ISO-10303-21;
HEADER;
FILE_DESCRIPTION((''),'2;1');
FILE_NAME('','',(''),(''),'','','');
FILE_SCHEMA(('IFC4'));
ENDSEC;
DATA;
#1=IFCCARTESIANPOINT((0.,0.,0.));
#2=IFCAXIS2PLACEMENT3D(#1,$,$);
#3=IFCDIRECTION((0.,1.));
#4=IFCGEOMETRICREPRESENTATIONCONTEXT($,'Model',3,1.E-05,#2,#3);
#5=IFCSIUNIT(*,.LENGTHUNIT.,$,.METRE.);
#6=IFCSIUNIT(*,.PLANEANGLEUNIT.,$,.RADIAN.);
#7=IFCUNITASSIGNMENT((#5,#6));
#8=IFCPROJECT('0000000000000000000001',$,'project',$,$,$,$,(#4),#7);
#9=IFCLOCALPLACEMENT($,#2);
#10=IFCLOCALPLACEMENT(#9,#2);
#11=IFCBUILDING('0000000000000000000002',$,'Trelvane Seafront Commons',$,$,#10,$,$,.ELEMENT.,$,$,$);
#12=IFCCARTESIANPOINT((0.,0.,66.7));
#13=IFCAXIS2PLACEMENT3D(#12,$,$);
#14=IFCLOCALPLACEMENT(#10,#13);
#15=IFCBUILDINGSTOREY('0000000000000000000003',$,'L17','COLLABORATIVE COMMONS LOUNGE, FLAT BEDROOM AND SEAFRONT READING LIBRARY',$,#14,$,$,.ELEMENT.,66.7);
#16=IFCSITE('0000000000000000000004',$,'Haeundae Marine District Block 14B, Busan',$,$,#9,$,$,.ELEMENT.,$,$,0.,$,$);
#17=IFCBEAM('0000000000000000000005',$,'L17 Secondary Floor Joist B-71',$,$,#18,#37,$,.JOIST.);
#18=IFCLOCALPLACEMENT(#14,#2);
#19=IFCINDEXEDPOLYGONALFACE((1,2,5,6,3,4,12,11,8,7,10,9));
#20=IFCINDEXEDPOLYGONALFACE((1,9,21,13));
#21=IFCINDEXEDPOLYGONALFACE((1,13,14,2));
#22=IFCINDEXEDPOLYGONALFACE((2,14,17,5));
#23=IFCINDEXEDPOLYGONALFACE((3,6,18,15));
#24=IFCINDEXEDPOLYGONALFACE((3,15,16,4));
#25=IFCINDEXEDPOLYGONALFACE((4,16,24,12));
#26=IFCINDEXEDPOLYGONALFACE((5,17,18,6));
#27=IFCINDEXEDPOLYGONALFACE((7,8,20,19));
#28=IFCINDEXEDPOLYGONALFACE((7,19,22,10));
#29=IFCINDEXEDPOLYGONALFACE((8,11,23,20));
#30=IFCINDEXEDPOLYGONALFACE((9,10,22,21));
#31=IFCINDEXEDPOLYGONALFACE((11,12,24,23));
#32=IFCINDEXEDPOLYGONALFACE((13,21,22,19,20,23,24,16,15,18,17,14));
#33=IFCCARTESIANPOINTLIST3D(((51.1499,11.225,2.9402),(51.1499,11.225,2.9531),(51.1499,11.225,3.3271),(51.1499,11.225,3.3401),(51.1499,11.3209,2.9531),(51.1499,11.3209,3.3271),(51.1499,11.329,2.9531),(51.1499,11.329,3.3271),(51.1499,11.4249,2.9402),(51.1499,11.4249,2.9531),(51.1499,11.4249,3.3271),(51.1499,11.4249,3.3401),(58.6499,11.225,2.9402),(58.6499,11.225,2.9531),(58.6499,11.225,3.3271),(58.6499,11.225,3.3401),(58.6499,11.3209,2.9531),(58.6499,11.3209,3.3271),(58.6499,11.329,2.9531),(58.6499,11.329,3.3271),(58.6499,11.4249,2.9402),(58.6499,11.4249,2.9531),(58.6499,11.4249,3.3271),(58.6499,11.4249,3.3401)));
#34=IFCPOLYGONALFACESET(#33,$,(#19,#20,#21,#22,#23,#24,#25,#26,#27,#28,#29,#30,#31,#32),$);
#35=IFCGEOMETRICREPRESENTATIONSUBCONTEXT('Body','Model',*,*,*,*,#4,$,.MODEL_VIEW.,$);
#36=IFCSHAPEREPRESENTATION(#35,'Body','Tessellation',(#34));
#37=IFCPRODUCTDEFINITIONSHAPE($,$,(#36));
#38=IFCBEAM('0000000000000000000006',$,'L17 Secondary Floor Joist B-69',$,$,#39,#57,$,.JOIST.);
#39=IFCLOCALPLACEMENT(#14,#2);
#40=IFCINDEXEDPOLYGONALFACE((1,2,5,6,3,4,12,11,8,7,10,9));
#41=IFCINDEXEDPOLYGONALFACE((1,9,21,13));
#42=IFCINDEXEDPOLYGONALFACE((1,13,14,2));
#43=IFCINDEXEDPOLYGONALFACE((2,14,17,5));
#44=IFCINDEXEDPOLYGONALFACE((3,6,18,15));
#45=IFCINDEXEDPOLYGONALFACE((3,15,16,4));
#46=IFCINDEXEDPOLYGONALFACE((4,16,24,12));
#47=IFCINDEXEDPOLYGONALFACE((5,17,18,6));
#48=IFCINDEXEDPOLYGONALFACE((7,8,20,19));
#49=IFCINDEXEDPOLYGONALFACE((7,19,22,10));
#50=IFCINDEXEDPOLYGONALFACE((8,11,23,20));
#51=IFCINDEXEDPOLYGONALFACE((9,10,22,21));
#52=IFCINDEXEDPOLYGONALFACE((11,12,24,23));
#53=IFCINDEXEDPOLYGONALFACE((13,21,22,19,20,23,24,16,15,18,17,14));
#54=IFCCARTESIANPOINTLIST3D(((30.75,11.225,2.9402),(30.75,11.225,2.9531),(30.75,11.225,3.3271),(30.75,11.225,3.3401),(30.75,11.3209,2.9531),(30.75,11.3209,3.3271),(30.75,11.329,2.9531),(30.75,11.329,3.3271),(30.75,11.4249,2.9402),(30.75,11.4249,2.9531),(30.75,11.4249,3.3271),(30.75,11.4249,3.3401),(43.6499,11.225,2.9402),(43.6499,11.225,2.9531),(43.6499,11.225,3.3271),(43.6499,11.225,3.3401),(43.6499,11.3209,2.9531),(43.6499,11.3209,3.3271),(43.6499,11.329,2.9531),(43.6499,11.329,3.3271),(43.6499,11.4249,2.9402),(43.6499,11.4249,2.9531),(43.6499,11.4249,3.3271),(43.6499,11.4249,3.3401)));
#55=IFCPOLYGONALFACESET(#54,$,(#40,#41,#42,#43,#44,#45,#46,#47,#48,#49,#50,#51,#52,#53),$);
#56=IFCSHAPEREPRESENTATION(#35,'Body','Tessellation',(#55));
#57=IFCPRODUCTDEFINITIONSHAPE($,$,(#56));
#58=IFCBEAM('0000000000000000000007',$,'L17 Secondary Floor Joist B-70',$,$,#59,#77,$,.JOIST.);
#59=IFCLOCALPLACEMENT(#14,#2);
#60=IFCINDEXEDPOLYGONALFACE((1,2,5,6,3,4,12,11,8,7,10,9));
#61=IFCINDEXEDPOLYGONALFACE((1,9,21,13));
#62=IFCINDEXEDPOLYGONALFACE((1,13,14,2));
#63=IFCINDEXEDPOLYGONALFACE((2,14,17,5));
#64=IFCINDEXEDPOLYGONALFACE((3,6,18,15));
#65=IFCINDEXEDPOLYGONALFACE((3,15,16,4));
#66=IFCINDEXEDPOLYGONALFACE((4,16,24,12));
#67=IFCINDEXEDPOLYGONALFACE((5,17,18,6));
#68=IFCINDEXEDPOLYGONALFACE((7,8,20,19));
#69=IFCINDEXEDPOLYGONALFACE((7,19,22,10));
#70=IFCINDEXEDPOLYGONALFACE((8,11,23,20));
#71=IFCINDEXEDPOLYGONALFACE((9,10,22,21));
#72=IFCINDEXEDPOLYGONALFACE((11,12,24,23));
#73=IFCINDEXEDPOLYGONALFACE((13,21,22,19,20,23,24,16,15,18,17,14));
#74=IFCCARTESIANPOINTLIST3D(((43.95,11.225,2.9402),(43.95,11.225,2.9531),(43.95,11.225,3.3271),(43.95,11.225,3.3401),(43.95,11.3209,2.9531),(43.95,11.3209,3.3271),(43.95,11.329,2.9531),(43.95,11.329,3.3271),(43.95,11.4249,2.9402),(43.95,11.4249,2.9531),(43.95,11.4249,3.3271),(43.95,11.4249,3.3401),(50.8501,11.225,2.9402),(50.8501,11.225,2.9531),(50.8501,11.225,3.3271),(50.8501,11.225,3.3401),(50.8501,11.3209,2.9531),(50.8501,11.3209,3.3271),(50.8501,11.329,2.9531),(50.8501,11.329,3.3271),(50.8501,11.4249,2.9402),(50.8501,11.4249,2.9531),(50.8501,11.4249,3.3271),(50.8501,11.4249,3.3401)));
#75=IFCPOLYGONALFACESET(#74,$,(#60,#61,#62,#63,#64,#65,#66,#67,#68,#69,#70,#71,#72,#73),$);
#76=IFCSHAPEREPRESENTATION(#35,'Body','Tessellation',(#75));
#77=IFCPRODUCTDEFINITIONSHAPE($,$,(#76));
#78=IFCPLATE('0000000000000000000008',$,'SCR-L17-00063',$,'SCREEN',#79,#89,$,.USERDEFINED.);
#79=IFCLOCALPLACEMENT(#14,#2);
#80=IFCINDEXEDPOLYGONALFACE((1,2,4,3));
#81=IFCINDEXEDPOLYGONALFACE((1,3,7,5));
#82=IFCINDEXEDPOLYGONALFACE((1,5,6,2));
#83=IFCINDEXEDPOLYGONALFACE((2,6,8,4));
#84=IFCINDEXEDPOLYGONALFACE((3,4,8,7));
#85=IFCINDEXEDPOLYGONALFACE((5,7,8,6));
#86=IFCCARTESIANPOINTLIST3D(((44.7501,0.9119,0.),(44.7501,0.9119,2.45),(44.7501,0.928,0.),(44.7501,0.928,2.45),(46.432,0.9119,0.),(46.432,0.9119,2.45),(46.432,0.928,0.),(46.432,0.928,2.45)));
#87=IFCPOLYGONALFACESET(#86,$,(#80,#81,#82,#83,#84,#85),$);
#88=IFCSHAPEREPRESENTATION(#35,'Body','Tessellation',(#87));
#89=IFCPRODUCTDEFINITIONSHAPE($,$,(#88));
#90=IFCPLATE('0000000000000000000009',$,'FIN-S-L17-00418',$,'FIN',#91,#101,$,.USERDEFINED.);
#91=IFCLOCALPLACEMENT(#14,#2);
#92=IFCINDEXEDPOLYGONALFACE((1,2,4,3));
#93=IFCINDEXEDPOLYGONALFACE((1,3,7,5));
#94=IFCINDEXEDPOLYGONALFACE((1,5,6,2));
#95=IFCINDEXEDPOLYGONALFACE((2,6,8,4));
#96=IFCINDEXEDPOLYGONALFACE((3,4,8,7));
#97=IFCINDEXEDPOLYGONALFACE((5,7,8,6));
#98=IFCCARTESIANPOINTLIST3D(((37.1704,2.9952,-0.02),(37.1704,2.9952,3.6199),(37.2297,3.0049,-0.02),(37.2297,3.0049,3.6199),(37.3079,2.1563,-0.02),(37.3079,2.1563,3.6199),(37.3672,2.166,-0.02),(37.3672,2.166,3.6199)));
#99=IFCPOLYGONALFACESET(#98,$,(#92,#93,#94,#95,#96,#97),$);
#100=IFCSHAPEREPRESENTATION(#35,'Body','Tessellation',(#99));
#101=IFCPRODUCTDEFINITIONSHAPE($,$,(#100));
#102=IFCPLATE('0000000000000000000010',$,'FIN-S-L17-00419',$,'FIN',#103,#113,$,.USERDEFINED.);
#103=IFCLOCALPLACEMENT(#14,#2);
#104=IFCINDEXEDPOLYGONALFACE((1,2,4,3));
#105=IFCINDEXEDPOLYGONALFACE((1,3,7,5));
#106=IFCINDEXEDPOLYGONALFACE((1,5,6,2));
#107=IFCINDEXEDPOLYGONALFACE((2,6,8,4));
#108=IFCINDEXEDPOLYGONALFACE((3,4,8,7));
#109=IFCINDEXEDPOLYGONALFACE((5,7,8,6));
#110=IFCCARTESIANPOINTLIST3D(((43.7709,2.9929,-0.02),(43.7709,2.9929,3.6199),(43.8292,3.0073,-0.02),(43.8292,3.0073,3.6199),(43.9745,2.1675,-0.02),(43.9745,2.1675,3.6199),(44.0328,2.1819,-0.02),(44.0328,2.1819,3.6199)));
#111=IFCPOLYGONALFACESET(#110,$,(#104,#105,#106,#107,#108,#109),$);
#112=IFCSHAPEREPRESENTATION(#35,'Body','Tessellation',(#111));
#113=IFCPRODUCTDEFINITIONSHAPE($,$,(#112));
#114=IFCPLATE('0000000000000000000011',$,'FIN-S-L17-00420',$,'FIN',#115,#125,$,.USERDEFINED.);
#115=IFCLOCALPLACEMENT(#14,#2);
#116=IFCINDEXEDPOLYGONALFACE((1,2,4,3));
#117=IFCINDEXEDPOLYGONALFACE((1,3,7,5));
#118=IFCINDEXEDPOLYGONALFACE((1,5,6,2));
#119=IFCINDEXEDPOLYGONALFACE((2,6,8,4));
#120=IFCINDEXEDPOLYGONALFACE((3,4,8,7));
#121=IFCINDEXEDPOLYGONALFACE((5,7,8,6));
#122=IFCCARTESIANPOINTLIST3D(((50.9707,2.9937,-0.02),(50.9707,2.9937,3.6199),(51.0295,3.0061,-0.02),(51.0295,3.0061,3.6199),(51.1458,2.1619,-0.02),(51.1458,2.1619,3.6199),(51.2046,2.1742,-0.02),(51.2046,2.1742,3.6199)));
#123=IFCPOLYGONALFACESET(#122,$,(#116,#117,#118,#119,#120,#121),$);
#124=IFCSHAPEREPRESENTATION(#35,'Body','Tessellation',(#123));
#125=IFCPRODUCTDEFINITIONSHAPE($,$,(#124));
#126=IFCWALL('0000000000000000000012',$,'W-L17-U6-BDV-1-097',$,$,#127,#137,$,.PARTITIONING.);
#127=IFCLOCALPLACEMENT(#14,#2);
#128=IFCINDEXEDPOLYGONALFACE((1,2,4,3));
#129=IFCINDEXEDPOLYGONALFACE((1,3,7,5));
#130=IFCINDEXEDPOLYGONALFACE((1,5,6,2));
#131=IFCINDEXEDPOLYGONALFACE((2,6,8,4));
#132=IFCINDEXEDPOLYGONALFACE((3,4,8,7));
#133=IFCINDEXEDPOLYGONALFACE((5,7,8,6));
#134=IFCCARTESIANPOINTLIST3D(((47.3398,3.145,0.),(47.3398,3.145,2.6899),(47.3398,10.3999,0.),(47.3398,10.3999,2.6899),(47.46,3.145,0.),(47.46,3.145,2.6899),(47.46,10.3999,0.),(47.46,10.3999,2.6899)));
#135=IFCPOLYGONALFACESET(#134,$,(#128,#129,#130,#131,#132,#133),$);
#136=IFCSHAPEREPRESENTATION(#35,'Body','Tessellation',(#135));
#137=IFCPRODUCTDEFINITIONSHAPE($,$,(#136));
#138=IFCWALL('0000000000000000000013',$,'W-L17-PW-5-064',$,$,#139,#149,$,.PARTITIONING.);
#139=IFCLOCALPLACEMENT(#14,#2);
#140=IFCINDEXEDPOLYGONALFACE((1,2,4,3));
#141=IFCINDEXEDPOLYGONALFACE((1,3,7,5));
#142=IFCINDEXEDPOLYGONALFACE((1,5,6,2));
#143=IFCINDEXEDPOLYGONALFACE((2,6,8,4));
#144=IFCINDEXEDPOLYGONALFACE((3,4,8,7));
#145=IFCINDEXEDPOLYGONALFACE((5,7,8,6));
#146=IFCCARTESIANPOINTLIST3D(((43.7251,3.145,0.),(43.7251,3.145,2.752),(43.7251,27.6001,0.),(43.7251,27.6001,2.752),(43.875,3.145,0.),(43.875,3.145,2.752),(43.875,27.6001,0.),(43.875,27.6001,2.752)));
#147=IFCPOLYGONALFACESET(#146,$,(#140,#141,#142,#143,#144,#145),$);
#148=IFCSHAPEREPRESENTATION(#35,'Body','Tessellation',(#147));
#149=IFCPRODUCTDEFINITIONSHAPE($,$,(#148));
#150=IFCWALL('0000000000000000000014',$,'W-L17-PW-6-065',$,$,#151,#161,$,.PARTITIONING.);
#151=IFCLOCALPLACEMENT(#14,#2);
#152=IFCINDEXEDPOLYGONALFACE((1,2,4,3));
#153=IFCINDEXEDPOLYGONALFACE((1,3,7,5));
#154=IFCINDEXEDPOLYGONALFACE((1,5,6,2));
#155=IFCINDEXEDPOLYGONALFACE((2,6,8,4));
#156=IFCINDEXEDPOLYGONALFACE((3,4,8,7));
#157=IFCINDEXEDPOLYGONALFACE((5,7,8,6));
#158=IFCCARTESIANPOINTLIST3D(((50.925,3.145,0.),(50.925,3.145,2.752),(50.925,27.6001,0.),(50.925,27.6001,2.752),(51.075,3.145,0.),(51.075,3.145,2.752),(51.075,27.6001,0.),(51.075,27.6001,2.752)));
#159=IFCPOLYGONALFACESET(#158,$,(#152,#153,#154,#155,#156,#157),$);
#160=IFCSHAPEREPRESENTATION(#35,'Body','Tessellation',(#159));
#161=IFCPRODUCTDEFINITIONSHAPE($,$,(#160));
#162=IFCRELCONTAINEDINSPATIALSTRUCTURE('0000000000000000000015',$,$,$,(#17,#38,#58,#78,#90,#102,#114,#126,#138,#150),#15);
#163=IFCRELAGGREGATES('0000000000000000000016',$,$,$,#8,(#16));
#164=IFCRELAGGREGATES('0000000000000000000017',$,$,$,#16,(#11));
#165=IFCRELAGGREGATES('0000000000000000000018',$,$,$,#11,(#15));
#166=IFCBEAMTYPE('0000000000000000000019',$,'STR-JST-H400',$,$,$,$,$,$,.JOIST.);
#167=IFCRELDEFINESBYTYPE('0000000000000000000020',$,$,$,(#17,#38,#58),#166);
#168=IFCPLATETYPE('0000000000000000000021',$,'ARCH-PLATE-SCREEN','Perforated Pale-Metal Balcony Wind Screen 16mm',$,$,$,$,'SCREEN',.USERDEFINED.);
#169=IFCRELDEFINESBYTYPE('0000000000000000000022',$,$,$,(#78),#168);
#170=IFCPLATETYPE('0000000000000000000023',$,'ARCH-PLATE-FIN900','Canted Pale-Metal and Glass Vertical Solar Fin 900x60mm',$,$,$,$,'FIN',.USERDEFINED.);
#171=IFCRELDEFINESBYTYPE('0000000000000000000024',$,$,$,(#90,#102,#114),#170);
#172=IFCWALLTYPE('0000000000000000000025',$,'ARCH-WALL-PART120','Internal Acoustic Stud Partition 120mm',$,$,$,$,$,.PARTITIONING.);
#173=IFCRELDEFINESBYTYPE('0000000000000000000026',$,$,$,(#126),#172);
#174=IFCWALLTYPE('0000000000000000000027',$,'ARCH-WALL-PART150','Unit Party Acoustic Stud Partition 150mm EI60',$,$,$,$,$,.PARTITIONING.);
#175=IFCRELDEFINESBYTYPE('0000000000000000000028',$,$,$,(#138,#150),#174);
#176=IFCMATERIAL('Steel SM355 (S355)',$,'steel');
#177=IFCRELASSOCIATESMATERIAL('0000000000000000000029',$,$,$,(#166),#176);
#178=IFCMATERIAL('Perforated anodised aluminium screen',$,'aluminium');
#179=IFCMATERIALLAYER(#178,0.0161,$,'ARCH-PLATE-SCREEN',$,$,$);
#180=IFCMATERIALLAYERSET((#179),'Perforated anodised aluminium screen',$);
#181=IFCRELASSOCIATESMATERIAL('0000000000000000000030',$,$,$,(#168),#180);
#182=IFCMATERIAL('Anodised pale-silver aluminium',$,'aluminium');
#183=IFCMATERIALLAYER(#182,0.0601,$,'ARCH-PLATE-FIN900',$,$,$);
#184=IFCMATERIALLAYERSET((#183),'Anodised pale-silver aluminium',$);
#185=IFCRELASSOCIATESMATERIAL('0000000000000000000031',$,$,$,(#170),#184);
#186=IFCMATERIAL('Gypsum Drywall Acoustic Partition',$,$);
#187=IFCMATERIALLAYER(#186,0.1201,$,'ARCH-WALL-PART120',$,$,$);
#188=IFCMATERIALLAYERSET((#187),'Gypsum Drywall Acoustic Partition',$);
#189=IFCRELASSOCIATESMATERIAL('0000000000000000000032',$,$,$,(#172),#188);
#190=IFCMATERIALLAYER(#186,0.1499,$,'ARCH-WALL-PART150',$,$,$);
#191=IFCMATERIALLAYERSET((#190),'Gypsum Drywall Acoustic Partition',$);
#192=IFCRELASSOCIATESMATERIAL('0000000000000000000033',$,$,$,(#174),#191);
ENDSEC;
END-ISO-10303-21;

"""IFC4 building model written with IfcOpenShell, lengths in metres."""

from ifc_helpers import new_model, si_unit, direction, frame, frame_2d, origin, origin_2d, place, context, subcontext, project, spatial, rectangle, i_section, extrude, source, transform, mapped, material, layer, layer_set, material_profile, profile_set, type_object, element, save


model = new_model("IFC4")

# Units and contexts
model_context = context("Model", 3, precision=1e-05, world=origin(), true_north=direction((0.0, 1.0)))
body_context = subcontext(model_context, "Body", "Model", "MODEL_VIEW")
ifc_project = project(units=[si_unit("LENGTHUNIT", "METRE"), si_unit("PLANEANGLEUNIT", "RADIAN")], contexts=[model_context])

# Site, building, storey
site_placement = place(None, origin())
site = spatial("IfcSite", under=ifc_project, at=site_placement, Name="Haeundae Marine District Block 14B, Busan", CompositionType="ELEMENT", RefElevation=0.0)
building_placement = place(site_placement, origin())
building = spatial("IfcBuilding", under=site, at=building_placement, Name="Trelvane Seafront Commons", CompositionType="ELEMENT")
storey_placement = place(building_placement, frame((0.0, 0.0, 66.7)))
storey = spatial("IfcBuildingStorey", under=building, at=storey_placement, Name="L17", Description="COLLABORATIVE COMMONS LOUNGE, FLAT BEDROOM AND SEAFRONT READING LIBRARY", CompositionType="ELEMENT", Elevation=66.7)

# Shared definitions
ifc_material_1 = material(Name="Steel SM355 (S355)", Category="steel")

# Beams
ifc_material_profile_1 = material_profile(ifc_material_1, i_section(OverallWidth=0.2, OverallDepth=0.3999, WebThickness=0.0081, FlangeThickness=0.0129, at=origin_2d()), Name="H-400x200x8x13")
ifc_profile_set_1 = profile_set([ifc_material_profile_1], Name="Steel SM355 (S355)")
beam_type_1 = type_object("IfcBeamType", Name="STR-JST-H400", PredefinedType="JOIST", material=ifc_profile_set_1)
shared_shape_1 = source(origin(), body_context, "Body", "SweptSolid", [
    extrude(i_section(OverallWidth=0.2, OverallDepth=0.3999, WebThickness=0.0081, FlangeThickness=0.0129, at=origin_2d()), origin(), (0.0, 0.0, 1.0), 7.5),
])
beam_1_placement = place(storey_placement, frame((51.1499, 11.325, 3.1401), z_axis=(1.0, 0.0, 0.0), x_axis=(0.0, 1.0, 0.0)))
element("IfcBeam", 1, at=beam_1_placement, inside=storey, type_object=beam_type_1, Name="L17 Secondary Floor Joist B-71", PredefinedType="JOIST", context=body_context, shape_type="MappedRepresentation", body=[
    mapped(shared_shape_1, transform((0.0, 0.0, 0.0), x_axis=(1.0, 0.0, 0.0), y_axis=(0.0, 1.0, 0.0), z_axis=(0.0, 0.0, 1.0), scale=1.0)),
])
shared_shape_2 = source(origin(), body_context, "Body", "SweptSolid", [
    extrude(i_section(OverallWidth=0.2, OverallDepth=0.3999, WebThickness=0.0081, FlangeThickness=0.0129, at=origin_2d()), origin(), (0.0, 0.0, 1.0), 12.8999),
])
beam_2_placement = place(storey_placement, frame((30.75, 11.325, 3.1401), z_axis=(1.0, 0.0, 0.0), x_axis=(0.0, 1.0, 0.0)))
element("IfcBeam", 2, at=beam_2_placement, inside=storey, type_object=beam_type_1, Name="L17 Secondary Floor Joist B-69", PredefinedType="JOIST", context=body_context, shape_type="MappedRepresentation", body=[
    mapped(shared_shape_2, transform((0.0, 0.0, 0.0), x_axis=(1.0, 0.0, 0.0), y_axis=(0.0, 1.0, 0.0), z_axis=(0.0, 0.0, 1.0), scale=1.0)),
])
shared_shape_3 = source(origin(), body_context, "Body", "SweptSolid", [
    extrude(i_section(OverallWidth=0.2, OverallDepth=0.3999, WebThickness=0.0081, FlangeThickness=0.0129, at=origin_2d()), origin(), (0.0, 0.0, 1.0), 6.9001),
])
beam_3_placement = place(storey_placement, frame((43.95, 11.325, 3.1401), z_axis=(1.0, 0.0, 0.0), x_axis=(0.0, 1.0, 0.0)))
element("IfcBeam", 3, at=beam_3_placement, inside=storey, type_object=beam_type_1, Name="L17 Secondary Floor Joist B-70", PredefinedType="JOIST", context=body_context, shape_type="MappedRepresentation", body=[
    mapped(shared_shape_3, transform((0.0, 0.0, 0.0), x_axis=(1.0, 0.0, 0.0), y_axis=(0.0, 1.0, 0.0), z_axis=(0.0, 0.0, 1.0), scale=1.0)),
])

# Plates
ifc_material_2 = material(Name="Perforated anodised aluminium screen", Category="aluminium")
ifc_layer_1 = layer(ifc_material_2, 0.0161, Name="ARCH-PLATE-SCREEN")
ifc_layer_set_1 = layer_set([ifc_layer_1], Name="Perforated anodised aluminium screen")
plate_type_1 = type_object("IfcPlateType", Name="ARCH-PLATE-SCREEN", Description="Perforated Pale-Metal Balcony Wind Screen 16mm", ElementType="SCREEN", PredefinedType="USERDEFINED", material=ifc_layer_set_1)
shared_shape_4 = source(origin(), body_context, "Body", "SweptSolid", [
    extrude(rectangle(XDim=1.6819, YDim=0.0161, at=origin_2d()), origin(), (0.0, 0.0, 1.0), 2.45),
])
plate_placement = place(storey_placement, frame((45.5911, 0.9199, 0.0), z_axis=(0.0, 0.0, 1.0), x_axis=(1.0, 0.0, 0.0)))
element("IfcPlate", 4, at=plate_placement, inside=storey, type_object=plate_type_1, Name="SCR-L17-00063", ObjectType="SCREEN", PredefinedType="USERDEFINED", context=body_context, shape_type="MappedRepresentation", body=[
    mapped(shared_shape_4, transform((0.0, 0.0, 0.0), x_axis=(1.0, 0.0, 0.0), y_axis=(0.0, 1.0, 0.0), z_axis=(0.0, 0.0, 1.0), scale=1.0)),
])
ifc_material_3 = material(Name="Anodised pale-silver aluminium", Category="aluminium")
ifc_layer_2 = layer(ifc_material_3, 0.0601, Name="ARCH-PLATE-FIN900")
ifc_layer_set_2 = layer_set([ifc_layer_2], Name="Anodised pale-silver aluminium")
plate_type_2 = type_object("IfcPlateType", Name="ARCH-PLATE-FIN900", Description="Canted Pale-Metal and Glass Vertical Solar Fin 900x60mm", ElementType="FIN", PredefinedType="USERDEFINED", material=ifc_layer_set_2)
shared_shape_5 = source(origin(), body_context, "Body", "SweptSolid", [
    extrude(rectangle(XDim=0.8501, YDim=0.0601, at=origin_2d()), origin(), (0.0, 0.0, 1.0), 3.6399),
])
for number, where, z_axis, x_axis, name in (
    (5, (37.2688, 2.5806, -0.02), (0.0, 0.0, 1.0), (0.161766, -0.986829, 0.0), "FIN-S-L17-00418"),
    (6, (43.9019, 2.5874, -0.02), (0.0, 0.0, 1.0), (0.239518, -0.970892, 0.0), "FIN-S-L17-00419"),
    (7, (51.0876, 2.584, -0.02), (0.0, 0.0, 1.0), (0.205992, -0.978554, 0.0), "FIN-S-L17-00420"),
):
    element("IfcPlate", number, at=place(storey_placement, frame(where, z_axis=z_axis, x_axis=x_axis)), inside=storey, type_object=plate_type_2, Name=name, ObjectType="FIN", PredefinedType="USERDEFINED", context=body_context, shape_type="MappedRepresentation", body=[
        mapped(shared_shape_5, transform((0.0, 0.0, 0.0), x_axis=(1.0, 0.0, 0.0), y_axis=(0.0, 1.0, 0.0), z_axis=(0.0, 0.0, 1.0), scale=1.0)),
    ])

# Shared definitions
ifc_material_4 = material(Name="Gypsum Drywall Acoustic Partition")
ifc_layer_3 = layer(ifc_material_4, 0.1201, Name="ARCH-WALL-PART120")
ifc_layer_set_3 = layer_set([ifc_layer_3], Name="Gypsum Drywall Acoustic Partition")
wall_type_1 = type_object("IfcWallType", Name="ARCH-WALL-PART120", Description="Internal Acoustic Stud Partition 120mm", PredefinedType="PARTITIONING", material=ifc_layer_set_3)

# Walls
wall_1_placement = place(storey_placement, frame((47.3999, 3.145, 0.0), z_axis=(0.0, 0.0, 1.0), x_axis=(0.0, 1.0, 0.0)))
element("IfcWall", 8, at=wall_1_placement, inside=storey, type_object=wall_type_1, Name="W-L17-U6-BDV-1-097", PredefinedType="PARTITIONING", context=body_context, shape_type="SweptSolid", body=[
    extrude(rectangle(XDim=7.2549, YDim=0.1201, at=frame_2d((3.6274, 0.0))), origin(), (0.0, 0.0, 1.0), 2.6899),
])
ifc_layer_4 = layer(ifc_material_4, 0.1499, Name="ARCH-WALL-PART150")
ifc_layer_set_4 = layer_set([ifc_layer_4], Name="Gypsum Drywall Acoustic Partition")
wall_type_2 = type_object("IfcWallType", Name="ARCH-WALL-PART150", Description="Unit Party Acoustic Stud Partition 150mm EI60", PredefinedType="PARTITIONING", material=ifc_layer_set_4)
for number, where, z_axis, x_axis, name in (
    (9, (43.8, 3.145, 0.0), (0.0, 0.0, 1.0), (0.0, 1.0, 0.0), "W-L17-PW-5-064"),
    (10, (51.0, 3.145, 0.0), (0.0, 0.0, 1.0), (0.0, 1.0, 0.0), "W-L17-PW-6-065"),
):
    element("IfcWall", number, at=place(storey_placement, frame(where, z_axis=z_axis, x_axis=x_axis)), inside=storey, type_object=wall_type_2, Name=name, PredefinedType="PARTITIONING", context=body_context, shape_type="SweptSolid", body=[
        extrude(rectangle(XDim=24.4551, YDim=0.1499, at=frame_2d((12.2275, 0.0))), origin(), (0.0, 0.0, 1.0), 2.752),
    ])

save(model, "model.ifc")
